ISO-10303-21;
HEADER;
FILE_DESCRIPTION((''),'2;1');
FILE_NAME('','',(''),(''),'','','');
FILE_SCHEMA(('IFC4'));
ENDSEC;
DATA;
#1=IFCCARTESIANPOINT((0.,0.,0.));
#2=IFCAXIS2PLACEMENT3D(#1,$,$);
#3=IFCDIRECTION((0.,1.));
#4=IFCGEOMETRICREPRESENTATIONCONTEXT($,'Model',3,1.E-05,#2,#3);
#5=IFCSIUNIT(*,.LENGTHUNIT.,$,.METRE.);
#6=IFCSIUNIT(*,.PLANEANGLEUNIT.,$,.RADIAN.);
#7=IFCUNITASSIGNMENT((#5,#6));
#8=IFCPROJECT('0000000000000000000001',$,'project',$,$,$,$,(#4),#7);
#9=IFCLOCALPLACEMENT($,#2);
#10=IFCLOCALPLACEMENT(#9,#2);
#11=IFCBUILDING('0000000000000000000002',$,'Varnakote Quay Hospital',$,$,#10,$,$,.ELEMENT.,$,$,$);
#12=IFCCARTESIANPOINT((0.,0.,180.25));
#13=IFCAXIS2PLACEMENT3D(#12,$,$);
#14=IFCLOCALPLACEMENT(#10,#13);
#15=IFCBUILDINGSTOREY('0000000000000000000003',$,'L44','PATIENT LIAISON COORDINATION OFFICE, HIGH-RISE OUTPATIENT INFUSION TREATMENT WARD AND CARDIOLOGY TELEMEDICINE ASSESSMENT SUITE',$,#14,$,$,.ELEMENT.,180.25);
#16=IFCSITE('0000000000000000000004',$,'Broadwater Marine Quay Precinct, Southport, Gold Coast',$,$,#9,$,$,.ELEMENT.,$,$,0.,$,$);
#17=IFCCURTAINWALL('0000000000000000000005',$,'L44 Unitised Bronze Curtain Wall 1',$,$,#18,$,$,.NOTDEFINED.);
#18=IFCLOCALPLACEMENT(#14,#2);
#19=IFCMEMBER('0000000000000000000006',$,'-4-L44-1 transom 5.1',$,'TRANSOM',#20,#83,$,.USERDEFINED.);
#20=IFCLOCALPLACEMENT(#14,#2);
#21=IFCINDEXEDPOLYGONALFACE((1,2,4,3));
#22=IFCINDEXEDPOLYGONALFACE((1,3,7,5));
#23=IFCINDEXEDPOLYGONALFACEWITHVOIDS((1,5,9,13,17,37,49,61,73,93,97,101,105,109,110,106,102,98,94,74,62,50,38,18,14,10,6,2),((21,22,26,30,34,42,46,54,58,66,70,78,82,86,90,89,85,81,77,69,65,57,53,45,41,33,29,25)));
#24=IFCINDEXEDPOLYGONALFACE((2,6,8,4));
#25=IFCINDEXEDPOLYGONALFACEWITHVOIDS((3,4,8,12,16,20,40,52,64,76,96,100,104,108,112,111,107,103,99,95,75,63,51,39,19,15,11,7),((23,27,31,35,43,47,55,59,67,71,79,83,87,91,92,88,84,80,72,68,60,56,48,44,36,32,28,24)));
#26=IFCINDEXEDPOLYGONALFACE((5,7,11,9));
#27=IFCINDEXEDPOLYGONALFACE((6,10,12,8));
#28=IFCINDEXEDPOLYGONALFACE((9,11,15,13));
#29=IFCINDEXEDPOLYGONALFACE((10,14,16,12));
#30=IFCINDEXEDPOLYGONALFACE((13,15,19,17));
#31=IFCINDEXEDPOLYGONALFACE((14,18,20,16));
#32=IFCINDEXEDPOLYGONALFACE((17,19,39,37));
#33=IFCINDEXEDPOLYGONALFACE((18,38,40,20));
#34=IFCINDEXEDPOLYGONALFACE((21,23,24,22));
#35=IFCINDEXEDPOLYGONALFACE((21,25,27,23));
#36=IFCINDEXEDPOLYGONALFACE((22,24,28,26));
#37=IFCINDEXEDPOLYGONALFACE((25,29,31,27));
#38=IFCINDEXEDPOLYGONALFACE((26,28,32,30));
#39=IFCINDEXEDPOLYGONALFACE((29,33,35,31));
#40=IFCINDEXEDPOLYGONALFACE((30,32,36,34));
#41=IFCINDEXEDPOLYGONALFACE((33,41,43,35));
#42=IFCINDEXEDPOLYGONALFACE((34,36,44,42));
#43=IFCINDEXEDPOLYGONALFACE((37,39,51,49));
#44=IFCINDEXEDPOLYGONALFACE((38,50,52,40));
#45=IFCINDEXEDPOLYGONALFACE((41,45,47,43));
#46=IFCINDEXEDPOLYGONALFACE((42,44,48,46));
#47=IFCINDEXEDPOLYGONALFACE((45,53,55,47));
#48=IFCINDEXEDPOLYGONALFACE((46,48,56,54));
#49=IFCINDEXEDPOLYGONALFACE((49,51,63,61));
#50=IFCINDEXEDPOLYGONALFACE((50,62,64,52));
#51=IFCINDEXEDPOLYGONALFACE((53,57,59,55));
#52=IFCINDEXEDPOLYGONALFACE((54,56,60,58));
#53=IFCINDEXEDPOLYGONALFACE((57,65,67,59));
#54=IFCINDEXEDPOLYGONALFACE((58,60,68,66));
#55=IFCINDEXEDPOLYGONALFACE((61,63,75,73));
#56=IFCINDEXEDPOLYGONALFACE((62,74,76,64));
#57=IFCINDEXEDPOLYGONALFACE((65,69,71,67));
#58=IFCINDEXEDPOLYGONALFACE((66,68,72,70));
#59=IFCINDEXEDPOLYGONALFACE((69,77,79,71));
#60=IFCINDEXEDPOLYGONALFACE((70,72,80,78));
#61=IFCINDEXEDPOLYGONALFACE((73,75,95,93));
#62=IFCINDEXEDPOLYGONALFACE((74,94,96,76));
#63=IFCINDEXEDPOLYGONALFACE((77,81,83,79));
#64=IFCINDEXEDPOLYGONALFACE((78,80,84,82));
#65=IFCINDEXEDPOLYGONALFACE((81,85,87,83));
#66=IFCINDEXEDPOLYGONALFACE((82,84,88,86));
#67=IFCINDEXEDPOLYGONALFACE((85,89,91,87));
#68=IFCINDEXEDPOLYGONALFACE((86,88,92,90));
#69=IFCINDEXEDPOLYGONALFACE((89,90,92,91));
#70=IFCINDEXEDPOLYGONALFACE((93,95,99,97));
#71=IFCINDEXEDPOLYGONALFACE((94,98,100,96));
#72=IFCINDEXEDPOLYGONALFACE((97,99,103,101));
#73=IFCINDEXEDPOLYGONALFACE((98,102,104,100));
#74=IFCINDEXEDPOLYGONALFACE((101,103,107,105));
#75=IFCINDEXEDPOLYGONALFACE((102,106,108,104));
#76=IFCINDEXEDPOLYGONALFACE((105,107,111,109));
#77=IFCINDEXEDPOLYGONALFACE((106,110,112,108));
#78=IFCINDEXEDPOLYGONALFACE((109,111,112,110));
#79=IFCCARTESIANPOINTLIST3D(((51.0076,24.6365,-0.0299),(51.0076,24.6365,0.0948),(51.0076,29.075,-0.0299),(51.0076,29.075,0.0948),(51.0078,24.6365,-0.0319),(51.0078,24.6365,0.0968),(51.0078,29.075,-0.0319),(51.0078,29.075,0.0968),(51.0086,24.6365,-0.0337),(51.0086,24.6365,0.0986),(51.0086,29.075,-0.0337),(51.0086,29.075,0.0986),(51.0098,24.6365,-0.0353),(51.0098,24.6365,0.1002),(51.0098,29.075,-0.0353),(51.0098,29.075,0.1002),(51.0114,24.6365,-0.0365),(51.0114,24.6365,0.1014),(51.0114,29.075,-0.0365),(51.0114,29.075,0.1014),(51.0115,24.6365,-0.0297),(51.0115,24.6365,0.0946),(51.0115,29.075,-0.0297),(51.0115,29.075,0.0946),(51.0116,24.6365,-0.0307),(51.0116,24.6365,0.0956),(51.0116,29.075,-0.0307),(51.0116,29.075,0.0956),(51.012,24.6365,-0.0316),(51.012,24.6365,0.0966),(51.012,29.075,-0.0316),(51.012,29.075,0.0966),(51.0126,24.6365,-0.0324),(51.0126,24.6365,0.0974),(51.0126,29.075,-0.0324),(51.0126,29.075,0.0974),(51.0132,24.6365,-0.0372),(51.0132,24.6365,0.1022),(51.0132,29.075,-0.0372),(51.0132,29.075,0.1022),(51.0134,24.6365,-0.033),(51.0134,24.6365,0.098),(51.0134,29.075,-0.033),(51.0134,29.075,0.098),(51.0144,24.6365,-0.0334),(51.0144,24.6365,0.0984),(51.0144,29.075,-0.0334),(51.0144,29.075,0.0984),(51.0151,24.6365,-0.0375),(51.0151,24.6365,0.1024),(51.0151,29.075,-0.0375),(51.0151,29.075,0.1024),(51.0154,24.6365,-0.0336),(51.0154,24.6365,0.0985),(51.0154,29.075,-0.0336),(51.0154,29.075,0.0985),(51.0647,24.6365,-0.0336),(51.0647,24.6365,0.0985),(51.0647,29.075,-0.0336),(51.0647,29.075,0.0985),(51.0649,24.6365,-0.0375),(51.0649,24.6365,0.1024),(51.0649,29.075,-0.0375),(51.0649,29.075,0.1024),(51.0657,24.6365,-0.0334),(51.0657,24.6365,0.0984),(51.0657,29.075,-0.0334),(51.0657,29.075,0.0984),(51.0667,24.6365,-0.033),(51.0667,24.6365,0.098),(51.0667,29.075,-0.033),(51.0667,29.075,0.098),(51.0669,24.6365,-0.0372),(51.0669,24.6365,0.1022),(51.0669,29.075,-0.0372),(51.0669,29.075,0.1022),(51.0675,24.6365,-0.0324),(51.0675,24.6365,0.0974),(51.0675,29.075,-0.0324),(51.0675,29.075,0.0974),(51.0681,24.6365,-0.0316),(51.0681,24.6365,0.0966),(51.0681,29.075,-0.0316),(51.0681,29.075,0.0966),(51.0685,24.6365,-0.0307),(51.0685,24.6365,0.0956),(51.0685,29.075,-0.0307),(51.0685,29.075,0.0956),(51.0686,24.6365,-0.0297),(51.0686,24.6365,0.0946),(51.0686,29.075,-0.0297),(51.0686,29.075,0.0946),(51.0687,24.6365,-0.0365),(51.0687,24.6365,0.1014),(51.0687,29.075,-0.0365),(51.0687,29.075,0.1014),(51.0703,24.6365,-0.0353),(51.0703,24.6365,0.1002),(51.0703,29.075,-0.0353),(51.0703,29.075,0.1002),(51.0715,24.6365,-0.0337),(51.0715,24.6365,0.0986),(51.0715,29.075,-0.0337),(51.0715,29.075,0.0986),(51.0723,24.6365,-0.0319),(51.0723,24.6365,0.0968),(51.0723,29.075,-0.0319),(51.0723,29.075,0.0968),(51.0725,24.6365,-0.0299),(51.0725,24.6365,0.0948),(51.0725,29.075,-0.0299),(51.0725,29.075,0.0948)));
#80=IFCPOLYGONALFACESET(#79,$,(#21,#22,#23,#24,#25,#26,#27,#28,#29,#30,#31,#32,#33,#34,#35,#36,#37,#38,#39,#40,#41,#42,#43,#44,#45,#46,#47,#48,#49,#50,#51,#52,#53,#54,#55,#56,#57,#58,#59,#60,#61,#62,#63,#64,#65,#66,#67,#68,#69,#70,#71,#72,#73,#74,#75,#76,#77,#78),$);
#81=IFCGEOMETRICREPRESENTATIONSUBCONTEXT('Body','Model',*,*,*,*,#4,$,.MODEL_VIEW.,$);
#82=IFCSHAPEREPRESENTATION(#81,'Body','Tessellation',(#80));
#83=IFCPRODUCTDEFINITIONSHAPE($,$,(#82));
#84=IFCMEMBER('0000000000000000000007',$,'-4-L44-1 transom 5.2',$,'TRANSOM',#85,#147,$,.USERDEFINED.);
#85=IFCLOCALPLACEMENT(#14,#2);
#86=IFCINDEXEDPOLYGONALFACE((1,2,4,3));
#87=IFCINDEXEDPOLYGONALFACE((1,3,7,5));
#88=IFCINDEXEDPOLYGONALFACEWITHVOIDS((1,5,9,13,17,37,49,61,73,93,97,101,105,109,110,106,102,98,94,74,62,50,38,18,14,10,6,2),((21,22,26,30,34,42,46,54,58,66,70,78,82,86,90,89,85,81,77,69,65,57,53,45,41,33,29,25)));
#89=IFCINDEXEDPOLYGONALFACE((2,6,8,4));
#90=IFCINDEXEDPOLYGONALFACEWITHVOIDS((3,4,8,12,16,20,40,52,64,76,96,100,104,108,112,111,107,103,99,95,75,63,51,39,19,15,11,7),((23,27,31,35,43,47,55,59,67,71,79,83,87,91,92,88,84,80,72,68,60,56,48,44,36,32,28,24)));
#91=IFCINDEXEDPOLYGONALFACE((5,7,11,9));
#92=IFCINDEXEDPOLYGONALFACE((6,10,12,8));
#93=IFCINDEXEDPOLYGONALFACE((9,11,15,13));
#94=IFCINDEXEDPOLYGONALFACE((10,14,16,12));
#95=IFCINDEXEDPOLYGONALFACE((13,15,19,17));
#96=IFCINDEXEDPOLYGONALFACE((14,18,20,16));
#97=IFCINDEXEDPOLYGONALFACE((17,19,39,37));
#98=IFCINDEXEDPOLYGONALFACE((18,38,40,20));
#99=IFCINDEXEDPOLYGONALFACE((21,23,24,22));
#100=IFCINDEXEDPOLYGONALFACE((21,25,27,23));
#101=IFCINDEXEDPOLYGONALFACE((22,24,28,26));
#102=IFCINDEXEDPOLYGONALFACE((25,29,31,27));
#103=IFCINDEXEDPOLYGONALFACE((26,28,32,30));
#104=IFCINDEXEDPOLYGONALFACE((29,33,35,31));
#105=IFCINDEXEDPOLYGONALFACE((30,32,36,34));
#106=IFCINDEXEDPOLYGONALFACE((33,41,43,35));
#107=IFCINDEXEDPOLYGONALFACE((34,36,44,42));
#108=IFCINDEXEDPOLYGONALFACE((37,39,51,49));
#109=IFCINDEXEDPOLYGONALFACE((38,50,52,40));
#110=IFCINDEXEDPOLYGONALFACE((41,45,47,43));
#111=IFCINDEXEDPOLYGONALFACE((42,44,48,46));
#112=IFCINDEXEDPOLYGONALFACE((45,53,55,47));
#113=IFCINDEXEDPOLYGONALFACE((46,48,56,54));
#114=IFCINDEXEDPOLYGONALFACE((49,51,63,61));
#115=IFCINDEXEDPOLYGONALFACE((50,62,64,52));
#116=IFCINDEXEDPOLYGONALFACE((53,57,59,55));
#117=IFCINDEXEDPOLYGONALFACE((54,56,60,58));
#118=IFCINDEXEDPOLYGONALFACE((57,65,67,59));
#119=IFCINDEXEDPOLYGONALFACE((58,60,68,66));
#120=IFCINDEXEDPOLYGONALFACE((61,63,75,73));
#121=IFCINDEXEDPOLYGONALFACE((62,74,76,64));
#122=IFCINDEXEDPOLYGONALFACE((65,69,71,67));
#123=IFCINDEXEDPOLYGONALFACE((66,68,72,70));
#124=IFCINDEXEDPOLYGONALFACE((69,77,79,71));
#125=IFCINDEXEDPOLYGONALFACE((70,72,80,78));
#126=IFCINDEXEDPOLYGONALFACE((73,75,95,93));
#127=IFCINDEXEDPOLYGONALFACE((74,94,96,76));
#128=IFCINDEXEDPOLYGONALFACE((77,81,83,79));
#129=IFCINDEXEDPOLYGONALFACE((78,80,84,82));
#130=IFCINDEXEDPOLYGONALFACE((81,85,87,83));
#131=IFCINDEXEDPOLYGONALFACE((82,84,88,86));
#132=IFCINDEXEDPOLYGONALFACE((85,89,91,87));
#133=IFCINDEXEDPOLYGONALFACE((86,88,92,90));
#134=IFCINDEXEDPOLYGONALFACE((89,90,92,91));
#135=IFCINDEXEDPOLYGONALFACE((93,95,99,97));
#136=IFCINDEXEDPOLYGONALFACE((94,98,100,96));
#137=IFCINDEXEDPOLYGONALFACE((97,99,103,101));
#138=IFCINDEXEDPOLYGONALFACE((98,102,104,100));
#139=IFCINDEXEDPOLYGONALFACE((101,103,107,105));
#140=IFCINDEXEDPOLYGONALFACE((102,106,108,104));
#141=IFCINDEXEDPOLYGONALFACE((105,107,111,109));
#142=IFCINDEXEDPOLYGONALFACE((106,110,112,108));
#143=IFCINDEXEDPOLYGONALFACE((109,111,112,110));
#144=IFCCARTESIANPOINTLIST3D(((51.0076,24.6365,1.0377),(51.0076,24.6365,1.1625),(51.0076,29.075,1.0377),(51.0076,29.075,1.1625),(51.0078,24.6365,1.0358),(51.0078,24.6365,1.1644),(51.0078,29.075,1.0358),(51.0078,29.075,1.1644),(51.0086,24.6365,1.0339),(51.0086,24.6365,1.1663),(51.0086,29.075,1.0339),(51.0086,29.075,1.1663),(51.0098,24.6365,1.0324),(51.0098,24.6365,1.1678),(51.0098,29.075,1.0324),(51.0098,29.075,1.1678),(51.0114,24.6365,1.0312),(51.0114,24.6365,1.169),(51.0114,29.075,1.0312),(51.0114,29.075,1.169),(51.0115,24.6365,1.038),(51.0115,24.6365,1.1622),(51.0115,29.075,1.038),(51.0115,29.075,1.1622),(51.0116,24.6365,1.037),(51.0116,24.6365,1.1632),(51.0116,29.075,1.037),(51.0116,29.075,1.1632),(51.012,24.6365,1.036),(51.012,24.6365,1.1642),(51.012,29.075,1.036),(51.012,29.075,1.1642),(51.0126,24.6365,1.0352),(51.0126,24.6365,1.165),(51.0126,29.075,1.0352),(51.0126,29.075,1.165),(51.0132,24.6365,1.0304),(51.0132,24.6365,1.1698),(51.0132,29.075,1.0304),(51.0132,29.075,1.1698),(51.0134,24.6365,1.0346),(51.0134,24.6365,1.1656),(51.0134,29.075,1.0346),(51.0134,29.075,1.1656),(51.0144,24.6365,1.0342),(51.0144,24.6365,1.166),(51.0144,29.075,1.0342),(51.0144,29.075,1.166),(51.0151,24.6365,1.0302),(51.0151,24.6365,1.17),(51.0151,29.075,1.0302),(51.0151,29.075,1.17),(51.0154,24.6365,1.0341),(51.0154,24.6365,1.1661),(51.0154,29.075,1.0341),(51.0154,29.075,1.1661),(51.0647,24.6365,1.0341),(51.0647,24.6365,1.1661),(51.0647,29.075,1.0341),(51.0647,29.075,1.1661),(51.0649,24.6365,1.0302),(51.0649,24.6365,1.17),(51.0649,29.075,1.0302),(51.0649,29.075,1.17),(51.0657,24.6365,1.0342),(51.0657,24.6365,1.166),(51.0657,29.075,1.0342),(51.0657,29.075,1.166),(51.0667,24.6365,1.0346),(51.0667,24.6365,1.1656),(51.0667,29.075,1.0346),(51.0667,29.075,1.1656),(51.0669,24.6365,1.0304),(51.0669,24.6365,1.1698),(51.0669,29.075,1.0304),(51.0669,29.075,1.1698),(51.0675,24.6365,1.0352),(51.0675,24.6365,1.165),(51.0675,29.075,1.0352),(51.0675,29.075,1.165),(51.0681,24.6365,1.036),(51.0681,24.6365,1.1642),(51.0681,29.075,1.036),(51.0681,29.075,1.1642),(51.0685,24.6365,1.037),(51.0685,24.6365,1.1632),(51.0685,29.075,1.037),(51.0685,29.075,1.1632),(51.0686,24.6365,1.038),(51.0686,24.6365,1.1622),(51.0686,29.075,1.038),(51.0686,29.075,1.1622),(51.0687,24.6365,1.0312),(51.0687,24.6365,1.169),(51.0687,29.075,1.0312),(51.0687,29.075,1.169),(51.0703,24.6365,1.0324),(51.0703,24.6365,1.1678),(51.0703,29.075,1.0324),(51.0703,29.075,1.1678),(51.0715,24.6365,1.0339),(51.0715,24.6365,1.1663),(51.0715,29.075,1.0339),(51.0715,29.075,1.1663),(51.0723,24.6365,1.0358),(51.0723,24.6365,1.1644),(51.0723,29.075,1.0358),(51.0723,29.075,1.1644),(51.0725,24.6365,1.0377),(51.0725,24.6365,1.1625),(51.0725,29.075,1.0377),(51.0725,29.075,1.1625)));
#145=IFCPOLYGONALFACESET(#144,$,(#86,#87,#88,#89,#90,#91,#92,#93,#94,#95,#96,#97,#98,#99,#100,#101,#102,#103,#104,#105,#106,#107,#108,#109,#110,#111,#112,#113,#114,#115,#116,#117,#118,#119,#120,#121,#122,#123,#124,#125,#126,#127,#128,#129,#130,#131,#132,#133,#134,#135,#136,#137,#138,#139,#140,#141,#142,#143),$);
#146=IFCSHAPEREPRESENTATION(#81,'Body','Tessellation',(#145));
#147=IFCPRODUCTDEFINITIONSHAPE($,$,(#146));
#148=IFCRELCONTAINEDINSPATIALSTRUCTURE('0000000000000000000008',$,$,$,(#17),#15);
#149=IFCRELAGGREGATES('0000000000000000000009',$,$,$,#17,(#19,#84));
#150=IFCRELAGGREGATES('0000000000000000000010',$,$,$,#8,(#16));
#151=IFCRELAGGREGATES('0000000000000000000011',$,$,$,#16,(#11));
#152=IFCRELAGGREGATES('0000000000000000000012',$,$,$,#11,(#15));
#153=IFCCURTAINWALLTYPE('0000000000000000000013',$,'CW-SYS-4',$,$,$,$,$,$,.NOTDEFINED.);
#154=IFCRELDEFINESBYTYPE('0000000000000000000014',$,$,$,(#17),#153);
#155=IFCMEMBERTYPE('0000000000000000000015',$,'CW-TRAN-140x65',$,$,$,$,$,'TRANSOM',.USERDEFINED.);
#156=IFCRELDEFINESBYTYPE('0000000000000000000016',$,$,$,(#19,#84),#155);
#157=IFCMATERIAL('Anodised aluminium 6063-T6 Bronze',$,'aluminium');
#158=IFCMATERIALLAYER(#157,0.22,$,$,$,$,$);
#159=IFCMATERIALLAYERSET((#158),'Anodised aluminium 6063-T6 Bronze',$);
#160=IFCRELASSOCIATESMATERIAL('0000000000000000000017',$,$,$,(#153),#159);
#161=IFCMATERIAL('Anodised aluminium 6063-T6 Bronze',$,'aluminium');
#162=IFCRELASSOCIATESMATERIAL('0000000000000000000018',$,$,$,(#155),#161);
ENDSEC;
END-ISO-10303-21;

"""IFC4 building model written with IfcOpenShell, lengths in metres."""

from ifc_helpers import new_model, si_unit, direction, frame, origin, origin_2d, place, context, subcontext, project, spatial, hollow_rectangle, extrude, material, layer, layer_set, material_profile, profile_set, type_object, element, aggregate, save


model = new_model("IFC4")

# Units and contexts
model_context = context("Model", 3, precision=1e-05, world=origin(), true_north=direction((0.0, 1.0)))
body_context = subcontext(model_context, "Body", "Model", "MODEL_VIEW")
ifc_project = project(units=[si_unit("LENGTHUNIT", "METRE"), si_unit("PLANEANGLEUNIT", "RADIAN")], contexts=[model_context])

# Site, building, storey
site_placement = place(None, origin())
site = spatial("IfcSite", under=ifc_project, at=site_placement, Name="Broadwater Marine Quay Precinct, Southport, Gold Coast", CompositionType="ELEMENT", RefElevation=0.0)
building_placement = place(site_placement, origin())
building = spatial("IfcBuilding", under=site, at=building_placement, Name="Varnakote Quay Hospital", CompositionType="ELEMENT")
storey_placement = place(building_placement, frame((0.0, 0.0, 180.25)))
storey = spatial("IfcBuildingStorey", under=building, at=storey_placement, Name="L44", Description="PATIENT LIAISON COORDINATION OFFICE, HIGH-RISE OUTPATIENT INFUSION TREATMENT WARD AND CARDIOLOGY TELEMEDICINE ASSESSMENT SUITE", CompositionType="ELEMENT", Elevation=180.25)

# Curtain wall
ifc_material_1 = material(Name="Anodised aluminium 6063-T6 Bronze", Category="aluminium")
ifc_layer_1 = layer(ifc_material_1, 0.22)
ifc_layer_set_1 = layer_set([ifc_layer_1], Name="Anodised aluminium 6063-T6 Bronze")
curtain_wall_type = type_object("IfcCurtainWallType", Name="CW-SYS-4", PredefinedType="NOTDEFINED", material=ifc_layer_set_1)
curtain_wall_1_placement = place(storey_placement, origin())
curtain_wall_1 = element("IfcCurtainWall", 1, at=curtain_wall_1_placement, inside=storey, type_object=curtain_wall_type, Name="L44 Unitised Bronze Curtain Wall 1", PredefinedType="NOTDEFINED")

# Members
ifc_material_2 = material(Name="Anodised aluminium 6063-T6 Bronze", Category="aluminium")
ifc_material_profile_1 = material_profile(ifc_material_2, hollow_rectangle(XDim=0.0649, YDim=0.1399, WallThickness=0.0039, InnerFilletRadius=0.0039, OuterFilletRadius=0.0076, at=origin_2d()), Name="CW-TRAN-140x65")
ifc_profile_set_1 = profile_set([ifc_material_profile_1], Name="Anodised aluminium 6063-T6 Bronze")
member_type_1 = type_object("IfcMemberType", Name="CW-TRAN-140x65", ElementType="TRANSOM", PredefinedType="USERDEFINED", material=ifc_profile_set_1)
member_1_placement = place(storey_placement, frame((51.04, 24.6365, 0.0325), z_axis=(0.0, 1.0, 0.0), x_axis=(-1.0, 0.0, 0.0)))
member_1 = element("IfcMember", 2, at=member_1_placement, type_object=member_type_1, Name="-4-L44-1 transom 5.1", ObjectType="TRANSOM", PredefinedType="USERDEFINED", context=body_context, shape_type="SweptSolid", body=[
    extrude(hollow_rectangle(XDim=0.0649, YDim=0.1399, WallThickness=0.0039, InnerFilletRadius=0.0039, OuterFilletRadius=0.0076, at=origin_2d()), origin(), (0.0, 0.0, 1.0), 4.4385),
])
member_2_placement = place(storey_placement, frame((51.04, 24.6365, 1.1001), z_axis=(0.0, 1.0, 0.0), x_axis=(-1.0, 0.0, 0.0)))
member_2 = element("IfcMember", 3, at=member_2_placement, type_object=member_type_1, Name="-4-L44-1 transom 5.2", ObjectType="TRANSOM", PredefinedType="USERDEFINED", context=body_context, shape_type="SweptSolid", body=[
    extrude(hollow_rectangle(XDim=0.0649, YDim=0.1399, WallThickness=0.0039, InnerFilletRadius=0.0039, OuterFilletRadius=0.0076, at=origin_2d()), origin(), (0.0, 0.0, 1.0), 4.4385),
])

aggregate(curtain_wall_1, [member_1, member_2])

save(model, "model.ifc")
